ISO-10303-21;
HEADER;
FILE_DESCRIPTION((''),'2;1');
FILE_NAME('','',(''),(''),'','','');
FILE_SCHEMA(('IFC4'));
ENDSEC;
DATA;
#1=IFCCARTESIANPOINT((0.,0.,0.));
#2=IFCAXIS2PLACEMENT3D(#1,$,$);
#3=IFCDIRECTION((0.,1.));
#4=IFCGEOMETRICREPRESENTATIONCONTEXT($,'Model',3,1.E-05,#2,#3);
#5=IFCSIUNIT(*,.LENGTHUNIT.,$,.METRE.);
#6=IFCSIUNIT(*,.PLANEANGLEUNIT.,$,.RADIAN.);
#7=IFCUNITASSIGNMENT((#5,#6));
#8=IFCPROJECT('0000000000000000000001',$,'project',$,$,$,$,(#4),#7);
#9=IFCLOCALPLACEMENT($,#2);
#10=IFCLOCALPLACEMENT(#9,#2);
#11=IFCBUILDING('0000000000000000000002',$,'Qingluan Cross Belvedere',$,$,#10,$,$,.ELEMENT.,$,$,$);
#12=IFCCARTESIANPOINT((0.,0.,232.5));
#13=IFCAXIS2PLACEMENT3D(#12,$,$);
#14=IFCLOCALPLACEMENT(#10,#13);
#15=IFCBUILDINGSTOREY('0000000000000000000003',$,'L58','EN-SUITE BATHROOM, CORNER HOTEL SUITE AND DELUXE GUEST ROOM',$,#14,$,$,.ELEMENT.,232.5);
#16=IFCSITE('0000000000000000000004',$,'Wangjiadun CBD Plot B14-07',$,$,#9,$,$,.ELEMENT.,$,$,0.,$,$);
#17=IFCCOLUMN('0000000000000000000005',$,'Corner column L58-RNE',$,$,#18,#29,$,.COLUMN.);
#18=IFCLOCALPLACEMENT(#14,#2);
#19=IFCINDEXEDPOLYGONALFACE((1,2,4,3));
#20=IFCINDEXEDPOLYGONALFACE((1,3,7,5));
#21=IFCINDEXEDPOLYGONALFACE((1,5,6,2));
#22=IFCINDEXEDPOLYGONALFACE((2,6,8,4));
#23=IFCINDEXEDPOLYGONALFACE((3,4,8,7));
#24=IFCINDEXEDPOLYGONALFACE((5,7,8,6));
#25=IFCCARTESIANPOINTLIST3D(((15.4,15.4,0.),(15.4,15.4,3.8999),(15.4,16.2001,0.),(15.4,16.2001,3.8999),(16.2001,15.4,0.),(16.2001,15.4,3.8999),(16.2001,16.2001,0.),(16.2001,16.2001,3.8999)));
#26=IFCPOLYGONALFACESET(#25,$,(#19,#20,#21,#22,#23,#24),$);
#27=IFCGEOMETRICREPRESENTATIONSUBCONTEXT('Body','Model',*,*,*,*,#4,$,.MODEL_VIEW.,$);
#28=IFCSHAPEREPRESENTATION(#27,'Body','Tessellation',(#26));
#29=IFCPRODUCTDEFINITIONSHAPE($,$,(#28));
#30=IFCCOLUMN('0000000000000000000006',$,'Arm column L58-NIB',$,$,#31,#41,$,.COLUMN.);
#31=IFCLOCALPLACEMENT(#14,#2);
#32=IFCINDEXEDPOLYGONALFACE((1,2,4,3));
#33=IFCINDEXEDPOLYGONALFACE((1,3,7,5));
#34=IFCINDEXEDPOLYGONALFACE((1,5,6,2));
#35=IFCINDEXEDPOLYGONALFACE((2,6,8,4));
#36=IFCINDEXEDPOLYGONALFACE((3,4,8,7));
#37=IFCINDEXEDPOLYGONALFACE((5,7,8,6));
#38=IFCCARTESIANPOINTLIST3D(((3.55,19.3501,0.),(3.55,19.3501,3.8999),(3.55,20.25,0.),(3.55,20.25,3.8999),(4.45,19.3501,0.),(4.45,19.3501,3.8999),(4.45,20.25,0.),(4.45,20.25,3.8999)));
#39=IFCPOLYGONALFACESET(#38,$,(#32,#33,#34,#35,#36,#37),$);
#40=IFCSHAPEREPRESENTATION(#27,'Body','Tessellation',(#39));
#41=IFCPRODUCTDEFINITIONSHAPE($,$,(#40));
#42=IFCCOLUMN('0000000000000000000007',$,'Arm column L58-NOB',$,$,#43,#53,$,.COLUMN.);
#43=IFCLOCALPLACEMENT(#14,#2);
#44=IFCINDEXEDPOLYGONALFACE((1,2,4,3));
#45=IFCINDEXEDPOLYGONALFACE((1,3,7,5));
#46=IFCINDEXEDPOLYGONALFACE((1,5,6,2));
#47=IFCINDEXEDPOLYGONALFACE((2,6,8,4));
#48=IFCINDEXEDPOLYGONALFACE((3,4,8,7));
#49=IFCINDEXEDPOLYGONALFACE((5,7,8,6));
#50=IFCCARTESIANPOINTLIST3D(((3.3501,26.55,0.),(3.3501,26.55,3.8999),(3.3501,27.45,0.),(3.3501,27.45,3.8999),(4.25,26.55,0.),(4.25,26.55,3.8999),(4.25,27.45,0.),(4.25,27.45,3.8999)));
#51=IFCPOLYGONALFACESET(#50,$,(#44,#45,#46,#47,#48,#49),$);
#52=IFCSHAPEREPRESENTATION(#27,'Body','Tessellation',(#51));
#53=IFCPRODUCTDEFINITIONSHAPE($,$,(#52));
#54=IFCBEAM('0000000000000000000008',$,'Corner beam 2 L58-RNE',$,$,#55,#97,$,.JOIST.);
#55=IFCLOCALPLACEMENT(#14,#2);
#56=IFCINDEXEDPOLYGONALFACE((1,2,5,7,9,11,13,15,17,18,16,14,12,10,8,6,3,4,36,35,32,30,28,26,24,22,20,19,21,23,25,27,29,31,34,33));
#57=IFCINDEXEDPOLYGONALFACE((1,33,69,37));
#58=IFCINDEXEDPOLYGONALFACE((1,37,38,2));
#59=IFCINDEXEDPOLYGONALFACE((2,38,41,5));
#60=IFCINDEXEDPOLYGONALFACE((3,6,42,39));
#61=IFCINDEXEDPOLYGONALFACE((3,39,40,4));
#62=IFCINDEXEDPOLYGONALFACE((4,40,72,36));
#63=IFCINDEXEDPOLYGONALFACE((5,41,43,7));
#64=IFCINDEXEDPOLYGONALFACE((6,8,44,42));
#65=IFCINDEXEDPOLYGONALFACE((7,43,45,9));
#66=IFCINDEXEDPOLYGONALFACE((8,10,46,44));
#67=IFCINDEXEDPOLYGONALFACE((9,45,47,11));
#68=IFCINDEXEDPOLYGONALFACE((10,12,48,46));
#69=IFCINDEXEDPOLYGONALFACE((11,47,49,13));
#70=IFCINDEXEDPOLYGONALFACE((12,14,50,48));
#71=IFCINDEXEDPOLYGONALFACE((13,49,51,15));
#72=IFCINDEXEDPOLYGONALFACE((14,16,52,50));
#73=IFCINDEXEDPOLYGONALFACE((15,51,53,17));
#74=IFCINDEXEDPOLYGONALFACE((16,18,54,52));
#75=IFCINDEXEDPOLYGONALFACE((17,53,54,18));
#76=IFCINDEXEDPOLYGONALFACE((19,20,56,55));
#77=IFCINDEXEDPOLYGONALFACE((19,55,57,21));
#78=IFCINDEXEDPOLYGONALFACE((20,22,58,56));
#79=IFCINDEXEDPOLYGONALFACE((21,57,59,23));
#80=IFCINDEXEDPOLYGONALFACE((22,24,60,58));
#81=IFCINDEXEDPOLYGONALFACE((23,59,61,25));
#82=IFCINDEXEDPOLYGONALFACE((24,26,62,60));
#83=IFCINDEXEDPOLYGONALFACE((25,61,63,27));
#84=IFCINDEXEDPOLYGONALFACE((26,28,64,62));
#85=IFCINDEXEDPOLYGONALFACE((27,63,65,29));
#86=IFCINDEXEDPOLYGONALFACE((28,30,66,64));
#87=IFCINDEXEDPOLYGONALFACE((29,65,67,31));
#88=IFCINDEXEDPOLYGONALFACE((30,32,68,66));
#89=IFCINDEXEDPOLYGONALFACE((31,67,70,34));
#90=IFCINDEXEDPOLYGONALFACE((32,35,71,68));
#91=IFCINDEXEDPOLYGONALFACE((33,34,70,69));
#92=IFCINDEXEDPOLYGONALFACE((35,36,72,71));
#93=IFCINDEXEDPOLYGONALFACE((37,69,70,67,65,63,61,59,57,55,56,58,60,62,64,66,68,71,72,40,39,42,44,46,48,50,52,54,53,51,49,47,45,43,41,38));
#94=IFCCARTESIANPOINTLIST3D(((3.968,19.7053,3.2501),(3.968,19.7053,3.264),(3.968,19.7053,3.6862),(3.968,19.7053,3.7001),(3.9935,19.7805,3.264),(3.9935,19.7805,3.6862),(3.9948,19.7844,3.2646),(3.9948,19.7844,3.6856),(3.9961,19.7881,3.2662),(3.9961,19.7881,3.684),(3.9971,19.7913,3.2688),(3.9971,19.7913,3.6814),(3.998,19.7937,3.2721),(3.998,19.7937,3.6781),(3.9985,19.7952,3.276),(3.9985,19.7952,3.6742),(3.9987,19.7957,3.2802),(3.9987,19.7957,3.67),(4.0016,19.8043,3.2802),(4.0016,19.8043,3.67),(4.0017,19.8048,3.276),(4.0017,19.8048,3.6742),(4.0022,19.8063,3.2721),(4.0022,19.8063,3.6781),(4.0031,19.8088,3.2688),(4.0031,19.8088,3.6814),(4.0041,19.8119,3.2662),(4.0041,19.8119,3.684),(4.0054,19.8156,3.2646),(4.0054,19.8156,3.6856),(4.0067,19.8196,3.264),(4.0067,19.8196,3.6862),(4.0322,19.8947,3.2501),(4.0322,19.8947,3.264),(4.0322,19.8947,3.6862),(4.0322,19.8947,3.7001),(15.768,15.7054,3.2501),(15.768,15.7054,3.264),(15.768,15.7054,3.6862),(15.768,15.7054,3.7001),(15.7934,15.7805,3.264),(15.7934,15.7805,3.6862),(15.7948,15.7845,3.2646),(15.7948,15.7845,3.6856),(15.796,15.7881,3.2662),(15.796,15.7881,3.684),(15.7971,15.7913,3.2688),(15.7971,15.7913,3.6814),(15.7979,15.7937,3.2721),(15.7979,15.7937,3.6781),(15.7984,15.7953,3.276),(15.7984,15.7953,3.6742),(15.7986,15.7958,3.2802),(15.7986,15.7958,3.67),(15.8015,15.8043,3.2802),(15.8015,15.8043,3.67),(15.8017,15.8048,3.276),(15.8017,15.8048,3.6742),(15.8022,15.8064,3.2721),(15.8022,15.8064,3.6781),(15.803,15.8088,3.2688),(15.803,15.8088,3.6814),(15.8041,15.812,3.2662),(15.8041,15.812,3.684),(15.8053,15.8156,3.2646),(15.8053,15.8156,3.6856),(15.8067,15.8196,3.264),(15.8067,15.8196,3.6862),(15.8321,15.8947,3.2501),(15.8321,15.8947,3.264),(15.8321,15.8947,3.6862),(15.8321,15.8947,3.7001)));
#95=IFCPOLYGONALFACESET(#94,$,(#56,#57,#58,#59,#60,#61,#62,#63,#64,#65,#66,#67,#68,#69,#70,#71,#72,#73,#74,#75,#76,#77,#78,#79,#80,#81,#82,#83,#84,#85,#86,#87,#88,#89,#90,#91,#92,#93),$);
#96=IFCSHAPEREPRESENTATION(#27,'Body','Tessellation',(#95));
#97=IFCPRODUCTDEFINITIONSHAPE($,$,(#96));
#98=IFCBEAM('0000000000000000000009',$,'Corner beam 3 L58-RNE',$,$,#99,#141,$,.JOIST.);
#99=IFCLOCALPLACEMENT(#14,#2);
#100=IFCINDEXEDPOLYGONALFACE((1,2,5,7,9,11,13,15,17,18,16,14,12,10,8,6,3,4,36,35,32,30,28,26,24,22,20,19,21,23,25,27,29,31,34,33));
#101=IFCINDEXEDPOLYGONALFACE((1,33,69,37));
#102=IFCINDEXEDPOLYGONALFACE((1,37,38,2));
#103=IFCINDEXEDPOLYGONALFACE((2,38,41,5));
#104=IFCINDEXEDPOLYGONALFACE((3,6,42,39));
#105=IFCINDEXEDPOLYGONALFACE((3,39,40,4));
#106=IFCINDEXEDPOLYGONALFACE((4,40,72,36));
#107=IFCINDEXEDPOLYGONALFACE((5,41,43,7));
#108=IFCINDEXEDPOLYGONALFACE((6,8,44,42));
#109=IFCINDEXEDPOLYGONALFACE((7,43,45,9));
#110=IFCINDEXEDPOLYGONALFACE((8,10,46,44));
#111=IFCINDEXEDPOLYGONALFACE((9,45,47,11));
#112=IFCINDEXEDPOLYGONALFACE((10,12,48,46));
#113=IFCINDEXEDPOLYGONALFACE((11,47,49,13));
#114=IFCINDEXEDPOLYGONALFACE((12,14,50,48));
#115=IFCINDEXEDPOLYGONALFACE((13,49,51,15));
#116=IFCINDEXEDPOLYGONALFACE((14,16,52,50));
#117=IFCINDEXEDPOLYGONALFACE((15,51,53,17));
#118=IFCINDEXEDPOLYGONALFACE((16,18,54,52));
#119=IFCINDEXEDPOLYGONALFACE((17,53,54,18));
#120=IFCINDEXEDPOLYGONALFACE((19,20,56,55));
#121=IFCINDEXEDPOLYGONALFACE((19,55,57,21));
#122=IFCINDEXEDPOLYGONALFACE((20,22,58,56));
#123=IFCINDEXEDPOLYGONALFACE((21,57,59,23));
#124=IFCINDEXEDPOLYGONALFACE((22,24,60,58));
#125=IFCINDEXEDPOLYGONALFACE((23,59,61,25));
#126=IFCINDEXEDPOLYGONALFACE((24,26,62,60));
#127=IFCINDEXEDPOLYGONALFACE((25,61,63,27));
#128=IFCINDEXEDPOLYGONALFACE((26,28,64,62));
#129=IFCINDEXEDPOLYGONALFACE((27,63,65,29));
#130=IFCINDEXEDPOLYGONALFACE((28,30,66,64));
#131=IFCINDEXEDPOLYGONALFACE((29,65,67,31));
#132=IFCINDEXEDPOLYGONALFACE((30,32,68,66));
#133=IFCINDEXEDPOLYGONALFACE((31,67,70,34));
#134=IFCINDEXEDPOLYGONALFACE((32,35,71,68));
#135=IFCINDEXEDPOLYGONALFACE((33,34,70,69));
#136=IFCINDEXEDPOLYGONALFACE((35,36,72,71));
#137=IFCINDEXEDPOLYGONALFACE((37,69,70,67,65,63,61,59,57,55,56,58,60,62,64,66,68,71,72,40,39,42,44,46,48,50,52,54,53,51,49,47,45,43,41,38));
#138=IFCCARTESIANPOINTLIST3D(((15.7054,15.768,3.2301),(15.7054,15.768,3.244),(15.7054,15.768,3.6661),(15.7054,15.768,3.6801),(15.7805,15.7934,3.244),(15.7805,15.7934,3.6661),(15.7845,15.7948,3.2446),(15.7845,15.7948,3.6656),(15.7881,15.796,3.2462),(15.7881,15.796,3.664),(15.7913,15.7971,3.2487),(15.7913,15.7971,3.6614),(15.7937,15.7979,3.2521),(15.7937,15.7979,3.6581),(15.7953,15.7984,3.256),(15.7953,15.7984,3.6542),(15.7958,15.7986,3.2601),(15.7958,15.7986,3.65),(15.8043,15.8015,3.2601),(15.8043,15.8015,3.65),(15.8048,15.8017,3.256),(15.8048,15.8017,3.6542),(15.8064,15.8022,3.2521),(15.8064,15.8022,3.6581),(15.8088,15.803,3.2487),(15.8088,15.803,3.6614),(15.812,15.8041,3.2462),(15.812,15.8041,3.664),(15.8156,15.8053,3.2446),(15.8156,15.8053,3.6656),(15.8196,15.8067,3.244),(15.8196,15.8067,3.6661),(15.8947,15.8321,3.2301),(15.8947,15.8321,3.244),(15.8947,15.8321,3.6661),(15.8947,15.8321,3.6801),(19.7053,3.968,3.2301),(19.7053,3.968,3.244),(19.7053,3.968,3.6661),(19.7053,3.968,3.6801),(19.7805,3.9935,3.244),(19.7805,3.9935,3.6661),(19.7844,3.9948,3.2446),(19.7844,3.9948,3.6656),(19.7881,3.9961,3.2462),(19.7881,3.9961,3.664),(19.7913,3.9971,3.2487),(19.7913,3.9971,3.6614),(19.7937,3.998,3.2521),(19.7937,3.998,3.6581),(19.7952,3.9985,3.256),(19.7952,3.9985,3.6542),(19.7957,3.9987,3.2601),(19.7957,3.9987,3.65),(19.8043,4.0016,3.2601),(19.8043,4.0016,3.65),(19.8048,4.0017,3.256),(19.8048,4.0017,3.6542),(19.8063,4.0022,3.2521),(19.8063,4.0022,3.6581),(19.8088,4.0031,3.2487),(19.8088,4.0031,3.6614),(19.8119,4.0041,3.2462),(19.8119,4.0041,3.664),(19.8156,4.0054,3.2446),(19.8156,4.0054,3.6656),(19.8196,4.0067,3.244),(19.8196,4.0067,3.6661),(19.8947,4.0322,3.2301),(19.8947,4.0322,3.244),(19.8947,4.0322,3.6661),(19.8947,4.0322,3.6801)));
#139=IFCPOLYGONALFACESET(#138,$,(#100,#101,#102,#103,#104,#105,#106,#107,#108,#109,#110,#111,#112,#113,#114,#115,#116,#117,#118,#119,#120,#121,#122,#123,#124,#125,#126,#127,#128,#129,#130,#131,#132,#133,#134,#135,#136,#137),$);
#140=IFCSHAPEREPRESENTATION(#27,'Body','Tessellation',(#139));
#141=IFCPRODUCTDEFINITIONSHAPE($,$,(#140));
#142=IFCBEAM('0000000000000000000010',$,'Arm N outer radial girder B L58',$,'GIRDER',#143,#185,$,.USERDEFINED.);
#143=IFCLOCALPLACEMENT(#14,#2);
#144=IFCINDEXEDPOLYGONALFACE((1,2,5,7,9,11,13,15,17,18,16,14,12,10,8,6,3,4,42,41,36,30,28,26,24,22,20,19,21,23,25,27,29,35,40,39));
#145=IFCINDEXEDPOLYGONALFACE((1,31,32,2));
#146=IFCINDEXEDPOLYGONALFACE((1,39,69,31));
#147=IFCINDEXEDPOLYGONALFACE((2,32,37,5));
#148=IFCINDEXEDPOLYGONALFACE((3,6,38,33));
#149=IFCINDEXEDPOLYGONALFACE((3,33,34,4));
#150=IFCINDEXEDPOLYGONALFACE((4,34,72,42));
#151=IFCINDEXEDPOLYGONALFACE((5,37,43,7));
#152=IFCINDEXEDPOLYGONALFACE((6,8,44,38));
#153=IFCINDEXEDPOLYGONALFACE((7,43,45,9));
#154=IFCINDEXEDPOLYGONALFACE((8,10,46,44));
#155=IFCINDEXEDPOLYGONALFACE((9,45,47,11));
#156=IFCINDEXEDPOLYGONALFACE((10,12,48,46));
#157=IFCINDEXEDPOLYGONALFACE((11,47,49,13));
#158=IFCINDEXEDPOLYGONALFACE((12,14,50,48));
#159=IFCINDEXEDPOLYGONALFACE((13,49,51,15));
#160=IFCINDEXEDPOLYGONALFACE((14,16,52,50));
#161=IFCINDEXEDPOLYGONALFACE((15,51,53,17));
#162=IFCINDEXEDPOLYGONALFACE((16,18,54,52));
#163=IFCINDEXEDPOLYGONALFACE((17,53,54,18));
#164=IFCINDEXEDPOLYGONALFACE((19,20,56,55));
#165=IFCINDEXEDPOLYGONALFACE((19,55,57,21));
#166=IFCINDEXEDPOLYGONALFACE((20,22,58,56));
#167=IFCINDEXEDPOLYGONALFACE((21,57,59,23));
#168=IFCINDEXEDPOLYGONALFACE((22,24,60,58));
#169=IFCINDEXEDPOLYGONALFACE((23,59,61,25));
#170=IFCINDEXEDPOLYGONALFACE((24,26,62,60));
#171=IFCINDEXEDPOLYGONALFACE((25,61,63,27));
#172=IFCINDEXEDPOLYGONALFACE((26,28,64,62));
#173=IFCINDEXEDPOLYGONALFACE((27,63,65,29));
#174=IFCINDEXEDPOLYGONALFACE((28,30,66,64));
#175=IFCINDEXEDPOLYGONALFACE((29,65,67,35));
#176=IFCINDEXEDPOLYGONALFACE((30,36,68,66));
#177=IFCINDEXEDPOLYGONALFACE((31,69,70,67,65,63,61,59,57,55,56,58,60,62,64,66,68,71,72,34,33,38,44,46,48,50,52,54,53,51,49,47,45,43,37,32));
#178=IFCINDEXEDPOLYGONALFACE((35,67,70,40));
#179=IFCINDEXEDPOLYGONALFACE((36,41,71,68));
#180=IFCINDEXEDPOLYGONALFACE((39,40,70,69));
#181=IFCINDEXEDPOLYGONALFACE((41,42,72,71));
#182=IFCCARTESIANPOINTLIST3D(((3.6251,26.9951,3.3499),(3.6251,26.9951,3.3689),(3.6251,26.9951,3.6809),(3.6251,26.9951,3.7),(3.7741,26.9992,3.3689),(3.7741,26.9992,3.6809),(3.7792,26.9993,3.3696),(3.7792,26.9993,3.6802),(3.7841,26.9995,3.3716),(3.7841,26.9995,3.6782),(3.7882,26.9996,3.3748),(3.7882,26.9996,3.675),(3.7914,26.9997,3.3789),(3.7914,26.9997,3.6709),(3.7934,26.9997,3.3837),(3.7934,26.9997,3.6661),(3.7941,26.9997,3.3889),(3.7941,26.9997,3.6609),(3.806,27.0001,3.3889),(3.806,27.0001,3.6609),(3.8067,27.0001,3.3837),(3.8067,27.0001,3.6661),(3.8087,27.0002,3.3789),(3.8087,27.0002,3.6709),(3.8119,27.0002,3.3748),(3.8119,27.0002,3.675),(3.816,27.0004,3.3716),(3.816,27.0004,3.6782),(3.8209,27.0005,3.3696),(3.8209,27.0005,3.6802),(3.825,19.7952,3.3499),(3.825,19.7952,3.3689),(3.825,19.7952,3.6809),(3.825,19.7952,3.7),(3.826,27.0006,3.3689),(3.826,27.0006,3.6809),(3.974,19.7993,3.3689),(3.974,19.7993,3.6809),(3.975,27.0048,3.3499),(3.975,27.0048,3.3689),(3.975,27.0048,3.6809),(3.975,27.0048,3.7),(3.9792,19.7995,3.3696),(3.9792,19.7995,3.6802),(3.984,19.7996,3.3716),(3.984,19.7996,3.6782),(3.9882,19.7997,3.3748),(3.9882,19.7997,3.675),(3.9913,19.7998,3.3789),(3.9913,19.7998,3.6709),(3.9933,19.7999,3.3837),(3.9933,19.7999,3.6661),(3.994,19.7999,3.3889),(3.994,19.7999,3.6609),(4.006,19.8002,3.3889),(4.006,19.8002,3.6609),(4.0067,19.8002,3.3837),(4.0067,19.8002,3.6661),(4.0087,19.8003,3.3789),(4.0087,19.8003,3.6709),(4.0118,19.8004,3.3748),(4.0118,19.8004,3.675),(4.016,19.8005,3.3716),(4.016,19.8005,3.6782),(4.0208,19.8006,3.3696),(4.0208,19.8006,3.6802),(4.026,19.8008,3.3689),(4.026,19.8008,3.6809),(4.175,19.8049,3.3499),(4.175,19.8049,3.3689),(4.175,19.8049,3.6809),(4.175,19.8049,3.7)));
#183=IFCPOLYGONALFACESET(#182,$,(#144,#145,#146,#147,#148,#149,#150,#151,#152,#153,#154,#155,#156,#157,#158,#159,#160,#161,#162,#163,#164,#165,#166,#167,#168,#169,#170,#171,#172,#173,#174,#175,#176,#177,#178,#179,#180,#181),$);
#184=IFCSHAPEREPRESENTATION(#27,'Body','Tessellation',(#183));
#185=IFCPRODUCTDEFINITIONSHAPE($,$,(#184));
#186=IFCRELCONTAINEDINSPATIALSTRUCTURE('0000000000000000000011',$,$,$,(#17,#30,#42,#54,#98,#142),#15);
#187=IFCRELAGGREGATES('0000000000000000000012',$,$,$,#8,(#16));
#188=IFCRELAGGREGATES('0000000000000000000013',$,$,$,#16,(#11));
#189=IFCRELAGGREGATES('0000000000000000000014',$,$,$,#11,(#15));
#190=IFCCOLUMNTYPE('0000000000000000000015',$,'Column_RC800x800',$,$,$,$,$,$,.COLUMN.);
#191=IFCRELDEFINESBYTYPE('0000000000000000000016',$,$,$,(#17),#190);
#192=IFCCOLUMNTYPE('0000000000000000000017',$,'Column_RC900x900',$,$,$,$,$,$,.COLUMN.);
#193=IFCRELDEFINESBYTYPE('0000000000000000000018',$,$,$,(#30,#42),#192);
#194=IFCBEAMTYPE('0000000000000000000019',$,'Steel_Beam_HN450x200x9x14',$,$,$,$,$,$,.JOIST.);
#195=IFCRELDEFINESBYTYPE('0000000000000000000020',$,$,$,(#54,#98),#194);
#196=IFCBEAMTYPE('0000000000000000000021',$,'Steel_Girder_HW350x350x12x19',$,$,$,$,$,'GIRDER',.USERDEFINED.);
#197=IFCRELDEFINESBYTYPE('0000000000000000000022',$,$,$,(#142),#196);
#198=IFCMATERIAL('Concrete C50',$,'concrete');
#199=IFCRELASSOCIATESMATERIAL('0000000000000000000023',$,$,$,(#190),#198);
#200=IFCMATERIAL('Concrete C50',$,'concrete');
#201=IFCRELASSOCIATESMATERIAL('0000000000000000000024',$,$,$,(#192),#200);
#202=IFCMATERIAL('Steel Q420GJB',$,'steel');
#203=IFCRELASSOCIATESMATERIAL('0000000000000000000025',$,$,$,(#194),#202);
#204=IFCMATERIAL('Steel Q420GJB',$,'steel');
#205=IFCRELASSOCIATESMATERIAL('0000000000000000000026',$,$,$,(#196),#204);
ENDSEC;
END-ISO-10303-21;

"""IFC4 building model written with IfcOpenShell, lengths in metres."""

from ifc_helpers import new_model, si_unit, direction, frame, origin, origin_2d, place, context, subcontext, project, spatial, rectangle, i_section, extrude, material, material_profile, profile_set, type_object, element, save


model = new_model("IFC4")

# Units and contexts
model_context = context("Model", 3, precision=1e-05, world=origin(), true_north=direction((0.0, 1.0)))
body_context = subcontext(model_context, "Body", "Model", "MODEL_VIEW")
ifc_project = project(units=[si_unit("LENGTHUNIT", "METRE"), si_unit("PLANEANGLEUNIT", "RADIAN")], contexts=[model_context])

# Site, building, storey
site_placement = place(None, origin())
site = spatial("IfcSite", under=ifc_project, at=site_placement, Name="Wangjiadun CBD Plot B14-07", CompositionType="ELEMENT", RefElevation=0.0)
building_placement = place(site_placement, origin())
building = spatial("IfcBuilding", under=site, at=building_placement, Name="Qingluan Cross Belvedere", CompositionType="ELEMENT")
storey_placement = place(building_placement, frame((0.0, 0.0, 232.5)))
storey = spatial("IfcBuildingStorey", under=building, at=storey_placement, Name="L58", Description="EN-SUITE BATHROOM, CORNER HOTEL SUITE AND DELUXE GUEST ROOM", CompositionType="ELEMENT", Elevation=232.5)

# Columns
ifc_material_1 = material(Name="Concrete C50", Category="concrete")
ifc_material_profile_1 = material_profile(ifc_material_1, rectangle(XDim=0.8, YDim=0.8, at=origin_2d()), Name="RC800x800")
ifc_profile_set_1 = profile_set([ifc_material_profile_1], Name="Concrete C50")
column_type_1 = type_object("IfcColumnType", Name="Column_RC800x800", PredefinedType="COLUMN", material=ifc_profile_set_1)
column_placement = place(storey_placement, frame((15.8, 15.8, 0.0), z_axis=(0.0, 0.0, 1.0), x_axis=(1.0, 0.0, 0.0)))
element("IfcColumn", 1, at=column_placement, inside=storey, type_object=column_type_1, Name="Corner column L58-RNE", PredefinedType="COLUMN", context=body_context, shape_type="SweptSolid", body=[
    extrude(rectangle(XDim=0.8, YDim=0.8, at=origin_2d()), origin(), (0.0, 0.0, 1.0), 3.8999),
])
ifc_material_2 = material(Name="Concrete C50", Category="concrete")
ifc_material_profile_2 = material_profile(ifc_material_2, rectangle(XDim=0.8999, YDim=0.8999, at=origin_2d()), Name="RC900x900")
ifc_profile_set_2 = profile_set([ifc_material_profile_2], Name="Concrete C50")
column_type_2 = type_object("IfcColumnType", Name="Column_RC900x900", PredefinedType="COLUMN", material=ifc_profile_set_2)
for number, where, z_axis, x_axis, name in (
    (2, (4.0, 19.8, 0.0), (0.0, 0.0, 1.0), (1.0, 0.0, 0.0), "Arm column L58-NIB"),
    (3, (3.8, 27.0, 0.0), (0.0, 0.0, 1.0), (1.0, 0.0, 0.0), "Arm column L58-NOB"),
):
    element("IfcColumn", number, at=place(storey_placement, frame(where, z_axis=z_axis, x_axis=x_axis)), inside=storey, type_object=column_type_2, Name=name, PredefinedType="COLUMN", context=body_context, shape_type="SweptSolid", body=[
        extrude(rectangle(XDim=0.8999, YDim=0.8999, at=origin_2d()), origin(), (0.0, 0.0, 1.0), 3.8999),
    ])

# Beams
ifc_material_3 = material(Name="Steel Q420GJB", Category="steel")
ifc_material_profile_3 = material_profile(ifc_material_3, i_section(OverallWidth=0.2, OverallDepth=0.45, WebThickness=0.009, FlangeThickness=0.0139, FilletRadius=0.0161, at=origin_2d()), Name="HN450x200x9x14")
ifc_profile_set_3 = profile_set([ifc_material_profile_3], Name="Steel Q420GJB")
beam_type_1 = type_object("IfcBeamType", Name="Steel_Beam_HN450x200x9x14", PredefinedType="JOIST", material=ifc_profile_set_3)
for number, where, z_axis, x_axis, name in (
    (4, (15.8, 15.8, 3.4751), (-0.947066, 0.321038, 0.0), (-0.321038, -0.947066, 0.0), "Corner beam 2 L58-RNE"),
    (5, (15.8, 15.8, 3.4551), (0.321038, -0.947066, 0.0), (0.947066, 0.321038, 0.0), "Corner beam 3 L58-RNE"),
):
    element("IfcBeam", number, at=place(storey_placement, frame(where, z_axis=z_axis, x_axis=x_axis)), inside=storey, type_object=beam_type_1, Name=name, PredefinedType="JOIST", context=body_context, shape_type="SweptSolid", body=[
        extrude(i_section(OverallWidth=0.2, OverallDepth=0.45, WebThickness=0.009, FlangeThickness=0.0139, FilletRadius=0.0161, at=origin_2d()), origin(), (0.0, 0.0, 1.0), 12.4595),
    ])
ifc_material_4 = material(Name="Steel Q420GJB", Category="steel")
ifc_material_profile_4 = material_profile(ifc_material_4, i_section(OverallWidth=0.3501, OverallDepth=0.3501, WebThickness=0.012, FlangeThickness=0.019, FilletRadius=0.02, at=origin_2d()), Name="HW350x350x12x19")
ifc_profile_set_4 = profile_set([ifc_material_profile_4], Name="Steel Q420GJB")
beam_type_2 = type_object("IfcBeamType", Name="Steel_Girder_HW350x350x12x19", ElementType="GIRDER", PredefinedType="USERDEFINED", material=ifc_profile_set_4)
beam_placement = place(storey_placement, frame((4.0, 19.8, 3.5249), z_axis=(-0.02776, 0.999615, 0.0), x_axis=(-0.999615, -0.02776, 0.0)))
element("IfcBeam", 6, at=beam_placement, inside=storey, type_object=beam_type_2, Name="Arm N outer radial girder B L58", ObjectType="GIRDER", PredefinedType="USERDEFINED", context=body_context, shape_type="SweptSolid", body=[
    extrude(i_section(OverallWidth=0.3501, OverallDepth=0.3501, WebThickness=0.012, FlangeThickness=0.019, FilletRadius=0.02, at=origin_2d()), origin(), (0.0, 0.0, 1.0), 7.2026),
])

save(model, "model.ifc")
